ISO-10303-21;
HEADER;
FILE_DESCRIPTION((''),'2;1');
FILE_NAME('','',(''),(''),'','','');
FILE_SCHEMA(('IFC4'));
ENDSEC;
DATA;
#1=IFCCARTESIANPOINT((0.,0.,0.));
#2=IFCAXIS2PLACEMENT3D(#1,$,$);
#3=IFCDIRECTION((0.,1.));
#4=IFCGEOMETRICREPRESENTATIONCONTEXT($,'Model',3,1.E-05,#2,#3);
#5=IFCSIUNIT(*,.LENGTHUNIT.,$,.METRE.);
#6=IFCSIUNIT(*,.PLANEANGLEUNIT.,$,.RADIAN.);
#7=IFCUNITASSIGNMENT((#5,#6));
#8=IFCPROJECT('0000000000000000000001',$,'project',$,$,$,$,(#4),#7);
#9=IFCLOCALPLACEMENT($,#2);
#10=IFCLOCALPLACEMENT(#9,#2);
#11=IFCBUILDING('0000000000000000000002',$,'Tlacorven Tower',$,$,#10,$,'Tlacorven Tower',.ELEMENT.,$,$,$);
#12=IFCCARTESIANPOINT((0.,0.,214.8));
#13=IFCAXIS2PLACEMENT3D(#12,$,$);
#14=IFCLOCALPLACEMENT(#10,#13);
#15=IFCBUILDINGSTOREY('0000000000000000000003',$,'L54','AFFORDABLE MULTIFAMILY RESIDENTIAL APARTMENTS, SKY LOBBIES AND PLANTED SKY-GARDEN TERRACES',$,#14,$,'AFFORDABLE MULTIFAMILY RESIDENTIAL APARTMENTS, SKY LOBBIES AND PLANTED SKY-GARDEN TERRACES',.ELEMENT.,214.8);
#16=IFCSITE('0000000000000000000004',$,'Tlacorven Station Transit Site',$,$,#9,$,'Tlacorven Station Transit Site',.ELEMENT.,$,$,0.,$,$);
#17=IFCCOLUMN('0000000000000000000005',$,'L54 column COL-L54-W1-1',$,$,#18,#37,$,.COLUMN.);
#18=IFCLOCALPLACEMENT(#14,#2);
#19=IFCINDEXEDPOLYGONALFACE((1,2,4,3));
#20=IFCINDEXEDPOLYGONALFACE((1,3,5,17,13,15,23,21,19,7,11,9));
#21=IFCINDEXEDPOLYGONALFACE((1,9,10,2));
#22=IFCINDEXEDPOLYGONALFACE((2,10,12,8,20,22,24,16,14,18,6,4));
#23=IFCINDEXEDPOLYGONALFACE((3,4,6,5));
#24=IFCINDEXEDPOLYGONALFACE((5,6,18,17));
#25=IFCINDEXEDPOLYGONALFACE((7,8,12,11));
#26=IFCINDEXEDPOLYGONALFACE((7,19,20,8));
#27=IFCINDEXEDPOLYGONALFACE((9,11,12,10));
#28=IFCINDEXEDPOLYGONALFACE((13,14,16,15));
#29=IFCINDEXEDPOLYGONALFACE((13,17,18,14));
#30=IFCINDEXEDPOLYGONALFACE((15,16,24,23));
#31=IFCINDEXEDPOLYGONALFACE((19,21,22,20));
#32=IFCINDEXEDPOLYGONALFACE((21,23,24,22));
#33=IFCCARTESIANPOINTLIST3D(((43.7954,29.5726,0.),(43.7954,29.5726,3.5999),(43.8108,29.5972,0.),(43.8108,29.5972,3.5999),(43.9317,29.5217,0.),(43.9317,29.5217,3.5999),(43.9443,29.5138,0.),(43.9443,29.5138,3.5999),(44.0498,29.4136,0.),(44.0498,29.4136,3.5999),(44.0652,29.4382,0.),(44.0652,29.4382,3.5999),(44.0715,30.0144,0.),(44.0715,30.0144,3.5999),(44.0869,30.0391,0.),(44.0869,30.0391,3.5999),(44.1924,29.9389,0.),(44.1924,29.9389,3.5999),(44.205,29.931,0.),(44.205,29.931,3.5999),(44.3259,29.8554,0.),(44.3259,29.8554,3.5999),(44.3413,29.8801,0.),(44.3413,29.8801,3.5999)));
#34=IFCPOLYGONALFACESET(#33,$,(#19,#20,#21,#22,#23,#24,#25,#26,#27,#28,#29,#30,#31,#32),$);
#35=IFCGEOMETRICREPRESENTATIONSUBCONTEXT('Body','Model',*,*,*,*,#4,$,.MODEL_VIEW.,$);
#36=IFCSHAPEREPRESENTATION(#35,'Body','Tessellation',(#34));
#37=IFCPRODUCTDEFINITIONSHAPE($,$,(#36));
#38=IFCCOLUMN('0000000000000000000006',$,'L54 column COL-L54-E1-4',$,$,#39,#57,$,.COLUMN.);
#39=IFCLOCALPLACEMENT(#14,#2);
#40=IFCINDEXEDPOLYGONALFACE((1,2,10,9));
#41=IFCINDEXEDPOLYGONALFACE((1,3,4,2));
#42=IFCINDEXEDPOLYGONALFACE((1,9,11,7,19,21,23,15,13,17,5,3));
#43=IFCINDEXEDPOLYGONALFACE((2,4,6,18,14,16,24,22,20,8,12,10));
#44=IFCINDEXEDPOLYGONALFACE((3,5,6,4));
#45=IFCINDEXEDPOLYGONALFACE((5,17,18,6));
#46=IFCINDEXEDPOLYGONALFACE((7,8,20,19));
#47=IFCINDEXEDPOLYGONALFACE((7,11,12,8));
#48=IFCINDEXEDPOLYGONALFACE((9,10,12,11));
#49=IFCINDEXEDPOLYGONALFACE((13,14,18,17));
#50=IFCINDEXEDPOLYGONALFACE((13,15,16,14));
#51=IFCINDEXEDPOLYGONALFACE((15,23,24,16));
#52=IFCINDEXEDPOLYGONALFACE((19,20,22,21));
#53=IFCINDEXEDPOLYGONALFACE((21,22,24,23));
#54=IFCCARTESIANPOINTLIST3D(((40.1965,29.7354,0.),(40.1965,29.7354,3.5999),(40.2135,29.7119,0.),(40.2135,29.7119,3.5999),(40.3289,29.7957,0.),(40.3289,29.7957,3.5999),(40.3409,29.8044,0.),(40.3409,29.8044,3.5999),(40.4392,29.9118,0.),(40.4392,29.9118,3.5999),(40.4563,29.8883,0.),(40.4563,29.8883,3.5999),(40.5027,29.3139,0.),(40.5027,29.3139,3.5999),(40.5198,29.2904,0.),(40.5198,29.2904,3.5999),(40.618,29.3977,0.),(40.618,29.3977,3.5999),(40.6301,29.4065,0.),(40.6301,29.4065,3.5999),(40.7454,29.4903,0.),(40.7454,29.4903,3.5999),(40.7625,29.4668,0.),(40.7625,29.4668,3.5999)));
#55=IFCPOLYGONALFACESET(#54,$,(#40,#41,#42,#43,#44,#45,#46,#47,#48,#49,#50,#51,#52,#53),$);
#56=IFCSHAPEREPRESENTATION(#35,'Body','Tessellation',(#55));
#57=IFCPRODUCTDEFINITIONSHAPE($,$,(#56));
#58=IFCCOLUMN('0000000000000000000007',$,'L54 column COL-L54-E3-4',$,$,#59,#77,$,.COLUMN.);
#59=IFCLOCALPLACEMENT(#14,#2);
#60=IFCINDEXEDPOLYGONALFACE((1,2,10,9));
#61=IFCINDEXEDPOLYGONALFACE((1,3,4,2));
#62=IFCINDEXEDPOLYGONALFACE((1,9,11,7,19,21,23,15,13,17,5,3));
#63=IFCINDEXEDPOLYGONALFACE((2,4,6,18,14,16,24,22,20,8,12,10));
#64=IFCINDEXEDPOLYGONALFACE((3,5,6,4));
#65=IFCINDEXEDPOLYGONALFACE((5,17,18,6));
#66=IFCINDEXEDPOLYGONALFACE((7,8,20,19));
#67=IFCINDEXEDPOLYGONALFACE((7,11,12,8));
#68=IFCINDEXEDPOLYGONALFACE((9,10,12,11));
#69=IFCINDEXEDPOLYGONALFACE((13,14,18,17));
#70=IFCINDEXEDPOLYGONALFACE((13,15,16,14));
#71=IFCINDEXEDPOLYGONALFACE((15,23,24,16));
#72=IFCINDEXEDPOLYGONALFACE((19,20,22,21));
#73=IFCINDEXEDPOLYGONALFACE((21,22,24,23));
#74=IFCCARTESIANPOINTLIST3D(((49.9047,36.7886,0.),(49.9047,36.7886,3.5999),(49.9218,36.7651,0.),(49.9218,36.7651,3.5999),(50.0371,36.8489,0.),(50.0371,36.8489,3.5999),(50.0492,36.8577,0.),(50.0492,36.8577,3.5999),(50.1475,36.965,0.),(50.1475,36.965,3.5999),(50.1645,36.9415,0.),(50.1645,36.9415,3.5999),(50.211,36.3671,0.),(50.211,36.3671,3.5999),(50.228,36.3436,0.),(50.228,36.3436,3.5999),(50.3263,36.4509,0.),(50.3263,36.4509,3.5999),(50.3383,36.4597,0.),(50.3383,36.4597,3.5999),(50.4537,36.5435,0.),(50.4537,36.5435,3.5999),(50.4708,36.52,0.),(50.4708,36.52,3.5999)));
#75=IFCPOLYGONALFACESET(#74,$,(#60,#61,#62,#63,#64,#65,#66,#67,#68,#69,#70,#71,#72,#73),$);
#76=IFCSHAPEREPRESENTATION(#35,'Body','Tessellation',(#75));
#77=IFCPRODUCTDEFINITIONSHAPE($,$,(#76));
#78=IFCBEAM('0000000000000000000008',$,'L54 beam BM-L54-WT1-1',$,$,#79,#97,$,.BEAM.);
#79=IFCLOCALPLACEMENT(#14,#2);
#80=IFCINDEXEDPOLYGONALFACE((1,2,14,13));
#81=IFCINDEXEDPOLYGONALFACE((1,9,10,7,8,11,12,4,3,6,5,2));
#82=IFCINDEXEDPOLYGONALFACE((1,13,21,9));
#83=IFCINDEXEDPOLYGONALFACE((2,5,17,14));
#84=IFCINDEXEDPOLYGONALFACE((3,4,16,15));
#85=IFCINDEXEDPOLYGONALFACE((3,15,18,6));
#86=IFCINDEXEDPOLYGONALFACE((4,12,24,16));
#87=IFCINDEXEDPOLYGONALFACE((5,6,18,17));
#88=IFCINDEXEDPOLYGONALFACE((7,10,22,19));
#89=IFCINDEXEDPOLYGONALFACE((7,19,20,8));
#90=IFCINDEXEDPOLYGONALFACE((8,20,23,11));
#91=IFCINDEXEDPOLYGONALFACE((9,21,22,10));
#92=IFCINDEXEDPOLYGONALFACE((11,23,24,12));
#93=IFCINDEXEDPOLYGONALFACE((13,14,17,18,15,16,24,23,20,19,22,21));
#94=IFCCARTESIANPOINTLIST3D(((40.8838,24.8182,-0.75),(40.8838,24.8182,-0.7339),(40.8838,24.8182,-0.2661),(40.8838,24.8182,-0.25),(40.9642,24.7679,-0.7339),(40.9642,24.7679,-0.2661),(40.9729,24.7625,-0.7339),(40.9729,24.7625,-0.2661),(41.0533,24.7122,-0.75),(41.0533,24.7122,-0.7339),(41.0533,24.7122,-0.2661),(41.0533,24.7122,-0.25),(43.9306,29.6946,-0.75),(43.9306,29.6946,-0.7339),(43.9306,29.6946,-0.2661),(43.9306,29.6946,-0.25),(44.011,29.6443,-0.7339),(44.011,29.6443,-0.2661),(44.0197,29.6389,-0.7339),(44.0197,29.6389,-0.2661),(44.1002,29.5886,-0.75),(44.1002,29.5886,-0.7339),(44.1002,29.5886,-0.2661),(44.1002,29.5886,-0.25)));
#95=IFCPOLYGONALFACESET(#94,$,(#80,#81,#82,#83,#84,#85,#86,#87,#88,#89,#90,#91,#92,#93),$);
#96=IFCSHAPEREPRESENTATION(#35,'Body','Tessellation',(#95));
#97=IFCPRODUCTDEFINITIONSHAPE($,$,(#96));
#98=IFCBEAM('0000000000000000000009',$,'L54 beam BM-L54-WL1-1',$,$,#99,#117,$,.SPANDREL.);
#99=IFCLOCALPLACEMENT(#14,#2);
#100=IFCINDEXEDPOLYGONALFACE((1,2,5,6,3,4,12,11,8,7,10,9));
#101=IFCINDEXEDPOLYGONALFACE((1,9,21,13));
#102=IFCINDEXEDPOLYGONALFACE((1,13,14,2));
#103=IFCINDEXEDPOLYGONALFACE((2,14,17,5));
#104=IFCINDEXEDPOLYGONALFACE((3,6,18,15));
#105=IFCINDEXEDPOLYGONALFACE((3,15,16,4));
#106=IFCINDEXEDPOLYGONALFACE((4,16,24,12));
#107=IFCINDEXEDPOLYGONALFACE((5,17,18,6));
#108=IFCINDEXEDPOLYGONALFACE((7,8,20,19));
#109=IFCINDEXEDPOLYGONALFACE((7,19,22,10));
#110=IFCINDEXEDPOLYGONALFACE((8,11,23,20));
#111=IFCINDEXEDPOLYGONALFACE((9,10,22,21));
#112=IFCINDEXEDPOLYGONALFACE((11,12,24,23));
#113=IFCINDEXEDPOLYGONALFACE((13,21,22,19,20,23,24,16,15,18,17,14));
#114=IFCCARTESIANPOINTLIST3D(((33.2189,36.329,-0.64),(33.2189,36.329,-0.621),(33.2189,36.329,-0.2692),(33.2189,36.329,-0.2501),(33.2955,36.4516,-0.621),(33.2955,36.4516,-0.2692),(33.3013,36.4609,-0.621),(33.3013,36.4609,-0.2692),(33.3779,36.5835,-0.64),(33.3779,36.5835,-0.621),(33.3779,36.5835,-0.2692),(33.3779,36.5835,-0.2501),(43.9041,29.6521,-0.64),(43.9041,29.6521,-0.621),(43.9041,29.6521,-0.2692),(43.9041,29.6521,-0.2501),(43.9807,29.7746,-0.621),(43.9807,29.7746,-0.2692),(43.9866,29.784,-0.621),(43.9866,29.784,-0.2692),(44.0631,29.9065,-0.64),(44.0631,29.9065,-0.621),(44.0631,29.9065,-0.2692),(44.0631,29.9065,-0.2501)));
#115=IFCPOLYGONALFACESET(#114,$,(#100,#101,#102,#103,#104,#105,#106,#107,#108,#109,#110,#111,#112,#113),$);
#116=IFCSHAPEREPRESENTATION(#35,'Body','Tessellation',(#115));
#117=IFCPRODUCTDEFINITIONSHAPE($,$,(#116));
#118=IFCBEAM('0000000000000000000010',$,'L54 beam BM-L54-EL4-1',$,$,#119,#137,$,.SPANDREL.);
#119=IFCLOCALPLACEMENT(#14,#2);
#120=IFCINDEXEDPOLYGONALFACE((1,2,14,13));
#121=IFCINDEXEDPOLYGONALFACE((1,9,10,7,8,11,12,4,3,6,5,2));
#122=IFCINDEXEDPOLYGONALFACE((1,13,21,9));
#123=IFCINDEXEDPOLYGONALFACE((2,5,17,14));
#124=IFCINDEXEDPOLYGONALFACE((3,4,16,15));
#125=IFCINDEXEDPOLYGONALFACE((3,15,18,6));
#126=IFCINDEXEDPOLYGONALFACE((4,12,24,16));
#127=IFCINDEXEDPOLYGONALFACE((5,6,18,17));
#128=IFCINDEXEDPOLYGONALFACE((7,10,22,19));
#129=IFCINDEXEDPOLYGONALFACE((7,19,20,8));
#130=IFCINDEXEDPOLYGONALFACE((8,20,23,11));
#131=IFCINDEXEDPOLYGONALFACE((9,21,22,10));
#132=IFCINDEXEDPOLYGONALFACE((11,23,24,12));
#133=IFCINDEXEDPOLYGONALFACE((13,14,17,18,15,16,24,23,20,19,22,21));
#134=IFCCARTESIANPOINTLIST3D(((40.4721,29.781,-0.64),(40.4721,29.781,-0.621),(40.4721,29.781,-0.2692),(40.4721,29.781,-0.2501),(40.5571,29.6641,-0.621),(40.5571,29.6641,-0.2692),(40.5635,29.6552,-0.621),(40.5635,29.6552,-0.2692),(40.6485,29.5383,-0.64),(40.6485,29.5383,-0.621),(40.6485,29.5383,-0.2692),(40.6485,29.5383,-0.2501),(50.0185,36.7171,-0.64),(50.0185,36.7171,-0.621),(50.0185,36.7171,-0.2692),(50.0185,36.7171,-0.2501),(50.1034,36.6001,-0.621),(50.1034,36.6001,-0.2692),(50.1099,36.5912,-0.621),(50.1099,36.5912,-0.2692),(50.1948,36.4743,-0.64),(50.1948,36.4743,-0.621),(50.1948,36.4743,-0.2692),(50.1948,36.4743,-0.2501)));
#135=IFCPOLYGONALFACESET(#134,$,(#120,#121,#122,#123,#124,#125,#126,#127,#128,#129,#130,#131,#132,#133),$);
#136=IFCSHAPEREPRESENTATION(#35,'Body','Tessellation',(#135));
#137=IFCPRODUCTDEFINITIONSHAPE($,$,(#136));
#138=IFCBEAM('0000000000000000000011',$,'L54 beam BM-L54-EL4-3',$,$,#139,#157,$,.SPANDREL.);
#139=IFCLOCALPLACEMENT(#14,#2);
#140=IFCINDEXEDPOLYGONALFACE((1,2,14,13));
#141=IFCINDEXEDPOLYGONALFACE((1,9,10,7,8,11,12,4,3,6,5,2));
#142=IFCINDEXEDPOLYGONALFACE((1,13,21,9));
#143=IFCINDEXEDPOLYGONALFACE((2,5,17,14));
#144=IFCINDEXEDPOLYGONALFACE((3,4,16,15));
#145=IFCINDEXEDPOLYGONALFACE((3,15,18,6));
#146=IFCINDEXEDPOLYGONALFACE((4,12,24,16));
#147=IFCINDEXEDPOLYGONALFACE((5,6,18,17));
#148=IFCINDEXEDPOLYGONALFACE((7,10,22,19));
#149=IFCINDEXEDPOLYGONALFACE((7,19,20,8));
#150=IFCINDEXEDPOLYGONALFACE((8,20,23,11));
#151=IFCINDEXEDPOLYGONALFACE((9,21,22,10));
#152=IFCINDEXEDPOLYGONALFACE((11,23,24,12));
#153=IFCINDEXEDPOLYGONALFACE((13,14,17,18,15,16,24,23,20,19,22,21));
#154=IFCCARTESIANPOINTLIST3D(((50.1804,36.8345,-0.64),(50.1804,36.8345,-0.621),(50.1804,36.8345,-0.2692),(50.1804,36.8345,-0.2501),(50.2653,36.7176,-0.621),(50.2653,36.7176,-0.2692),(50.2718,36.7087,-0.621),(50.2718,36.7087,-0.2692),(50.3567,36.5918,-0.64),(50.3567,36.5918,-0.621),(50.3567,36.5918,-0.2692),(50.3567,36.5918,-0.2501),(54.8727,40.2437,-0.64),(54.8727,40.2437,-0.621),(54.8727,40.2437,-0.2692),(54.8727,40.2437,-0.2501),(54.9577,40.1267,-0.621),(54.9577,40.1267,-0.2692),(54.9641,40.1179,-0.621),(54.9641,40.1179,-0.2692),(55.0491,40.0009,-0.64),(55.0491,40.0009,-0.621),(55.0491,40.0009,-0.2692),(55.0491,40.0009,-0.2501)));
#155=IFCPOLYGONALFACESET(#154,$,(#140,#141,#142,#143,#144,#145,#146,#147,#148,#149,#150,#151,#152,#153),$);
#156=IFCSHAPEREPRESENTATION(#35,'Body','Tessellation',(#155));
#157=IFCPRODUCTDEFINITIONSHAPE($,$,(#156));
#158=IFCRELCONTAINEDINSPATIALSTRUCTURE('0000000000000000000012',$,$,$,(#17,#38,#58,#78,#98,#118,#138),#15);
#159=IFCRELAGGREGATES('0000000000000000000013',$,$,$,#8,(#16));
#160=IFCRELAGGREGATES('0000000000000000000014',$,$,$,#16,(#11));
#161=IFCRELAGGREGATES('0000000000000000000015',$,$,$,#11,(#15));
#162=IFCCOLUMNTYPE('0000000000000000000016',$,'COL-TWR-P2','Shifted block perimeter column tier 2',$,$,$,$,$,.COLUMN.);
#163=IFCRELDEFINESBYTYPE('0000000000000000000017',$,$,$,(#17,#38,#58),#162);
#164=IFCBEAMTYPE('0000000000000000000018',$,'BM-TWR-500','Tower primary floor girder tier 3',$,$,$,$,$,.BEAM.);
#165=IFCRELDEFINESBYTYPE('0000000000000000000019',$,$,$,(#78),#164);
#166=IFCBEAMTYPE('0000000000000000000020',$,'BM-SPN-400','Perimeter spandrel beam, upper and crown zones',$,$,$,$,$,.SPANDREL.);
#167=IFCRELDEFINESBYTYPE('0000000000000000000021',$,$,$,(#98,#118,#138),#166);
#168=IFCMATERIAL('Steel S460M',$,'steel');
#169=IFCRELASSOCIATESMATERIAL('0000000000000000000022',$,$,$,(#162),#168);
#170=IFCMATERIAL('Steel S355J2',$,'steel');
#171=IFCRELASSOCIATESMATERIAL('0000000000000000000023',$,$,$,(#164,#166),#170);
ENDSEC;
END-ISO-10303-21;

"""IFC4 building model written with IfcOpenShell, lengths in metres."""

from ifc_helpers import new_model, si_unit, direction, frame, origin, origin_2d, place, context, subcontext, project, spatial, i_section, extrude, source, transform, mapped, material, material_profile, profile_set, type_object, element, save


model = new_model("IFC4")

# Units and contexts
model_context = context("Model", 3, precision=1e-05, world=origin(), true_north=direction((0.0, 1.0)))
body_context = subcontext(model_context, "Body", "Model", "MODEL_VIEW")
ifc_project = project(units=[si_unit("LENGTHUNIT", "METRE"), si_unit("PLANEANGLEUNIT", "RADIAN")], contexts=[model_context])

# Site, building, storey
site_placement = place(None, origin())
site = spatial("IfcSite", under=ifc_project, at=site_placement, Name="Tlacorven Station Transit Site", LongName="Tlacorven Station Transit Site", CompositionType="ELEMENT", RefElevation=0.0)
building_placement = place(site_placement, origin())
building = spatial("IfcBuilding", under=site, at=building_placement, Name="Tlacorven Tower", LongName="Tlacorven Tower", CompositionType="ELEMENT")
storey_placement = place(building_placement, frame((0.0, 0.0, 214.8)))
storey = spatial("IfcBuildingStorey", under=building, at=storey_placement, Name="L54", Description="AFFORDABLE MULTIFAMILY RESIDENTIAL APARTMENTS, SKY LOBBIES AND PLANTED SKY-GARDEN TERRACES", LongName="AFFORDABLE MULTIFAMILY RESIDENTIAL APARTMENTS, SKY LOBBIES AND PLANTED SKY-GARDEN TERRACES", CompositionType="ELEMENT", Elevation=214.8)

# Columns
ifc_material_1 = material(Name="Steel S460M", Category="steel")
ifc_material_profile_1 = material_profile(ifc_material_1, i_section(OverallWidth=0.3, OverallDepth=0.55, WebThickness=0.0149, FlangeThickness=0.0291, at=origin_2d()), Name="HEB 550")
ifc_profile_set_1 = profile_set([ifc_material_profile_1], Name="Steel S460M")
column_type = type_object("IfcColumnType", Name="COL-TWR-P2", Description="Shifted block perimeter column tier 2", PredefinedType="COLUMN", material=ifc_profile_set_1)
shared_shape_1 = source(origin(), body_context, "Body", "SweptSolid", [
    extrude(i_section(OverallWidth=0.3, OverallDepth=0.55, WebThickness=0.0149, FlangeThickness=0.0291, at=origin_2d()), origin(), (0.0, 0.0, 1.0), 3.5999),
])
for number, where, z_axis, x_axis, name in (
    (1, (44.0684, 29.7263, 0.0), (0.0, 0.0, 1.0), (-0.848048, 0.529919, 0.0), "L54 column COL-L54-W1-1"),
    (2, (40.4795, 29.6011, 0.0), (0.0, 0.0, 1.0), (0.809017, 0.587785, 0.0), "L54 column COL-L54-E1-4"),
    (3, (50.1877, 36.6543, 0.0), (0.0, 0.0, 1.0), (0.809017, 0.587785, 0.0), "L54 column COL-L54-E3-4"),
):
    element("IfcColumn", number, at=place(storey_placement, frame(where, z_axis=z_axis, x_axis=x_axis)), inside=storey, type_object=column_type, Name=name, PredefinedType="COLUMN", context=body_context, shape_type="MappedRepresentation", body=[
        mapped(shared_shape_1, transform((0.0, 0.0, 0.0), scale=1.0)),
    ])

# Beams
ifc_material_2 = material(Name="Steel S355J2", Category="steel")
ifc_material_profile_2 = material_profile(ifc_material_2, i_section(OverallWidth=0.2, OverallDepth=0.5, WebThickness=0.0103, FlangeThickness=0.0161, at=origin_2d()), Name="IPE 500")
ifc_profile_set_2 = profile_set([ifc_material_profile_2], Name="Steel S355J2")
beam_type_1 = type_object("IfcBeamType", Name="BM-TWR-500", Description="Tower primary floor girder tier 3", PredefinedType="BEAM", material=ifc_profile_set_2)
shared_shape_2 = source(origin(), body_context, "Body", "SweptSolid", [
    extrude(i_section(OverallWidth=0.2, OverallDepth=0.5, WebThickness=0.0103, FlangeThickness=0.0161, at=origin_2d()), origin(), (0.0, 0.0, 1.0), 5.75),
])
beam_1_placement = place(storey_placement, frame((44.0154, 29.6416, -0.5), z_axis=(-0.529884, -0.84807, 0.0), x_axis=(0.84807, -0.529884, 0.0)))
element("IfcBeam", 4, at=beam_1_placement, inside=storey, type_object=beam_type_1, Name="L54 beam BM-L54-WT1-1", PredefinedType="BEAM", context=body_context, shape_type="MappedRepresentation", body=[
    mapped(shared_shape_2, transform((0.0, 0.0, 0.0), scale=1.0)),
])
ifc_material_profile_3 = material_profile(ifc_material_2, i_section(OverallWidth=0.3, OverallDepth=0.3899, WebThickness=0.011, FlangeThickness=0.019, at=origin_2d()), Name="HEA 400")
ifc_profile_set_3 = profile_set([ifc_material_profile_3], Name="Steel S355J2")
beam_type_2 = type_object("IfcBeamType", Name="BM-SPN-400", Description="Perimeter spandrel beam, upper and crown zones", PredefinedType="SPANDREL", material=ifc_profile_set_3)
shared_shape_3 = source(origin(), body_context, "Body", "SweptSolid", [
    extrude(i_section(OverallWidth=0.3, OverallDepth=0.3899, WebThickness=0.011, FlangeThickness=0.019, at=origin_2d()), origin(), (0.0, 0.0, 1.0), 12.5999),
])
beam_2_placement = place(storey_placement, frame((43.9836, 29.7793, -0.4451), z_axis=(-0.848045, 0.529924, 0.0), x_axis=(-0.529924, -0.848045, 0.0)))
element("IfcBeam", 5, at=beam_2_placement, inside=storey, type_object=beam_type_2, Name="L54 beam BM-L54-WL1-1", PredefinedType="SPANDREL", context=body_context, shape_type="MappedRepresentation", body=[
    mapped(shared_shape_3, transform((0.0, 0.0, 0.0), scale=1.0)),
])
shared_shape_4 = source(origin(), body_context, "Body", "SweptSolid", [
    extrude(i_section(OverallWidth=0.3, OverallDepth=0.3899, WebThickness=0.011, FlangeThickness=0.019, at=origin_2d()), origin(), (0.0, 0.0, 1.0), 11.8),
])
beam_3_placement = place(storey_placement, frame((40.5603, 29.6597, -0.4451), z_axis=(0.80901, 0.587795, 0.0), x_axis=(-0.587795, 0.80901, 0.0)))
element("IfcBeam", 6, at=beam_3_placement, inside=storey, type_object=beam_type_2, Name="L54 beam BM-L54-EL4-1", PredefinedType="SPANDREL", context=body_context, shape_type="MappedRepresentation", body=[
    mapped(shared_shape_4, transform((0.0, 0.0, 0.0), scale=1.0)),
])
shared_shape_5 = source(origin(), body_context, "Body", "SweptSolid", [
    extrude(i_section(OverallWidth=0.3, OverallDepth=0.3899, WebThickness=0.011, FlangeThickness=0.019, at=origin_2d()), origin(), (0.0, 0.0, 1.0), 5.8),
])
beam_4_placement = place(storey_placement, frame((50.2686, 36.7131, -0.4451), z_axis=(0.80902, 0.587781, 0.0), x_axis=(-0.587781, 0.80902, 0.0)))
element("IfcBeam", 7, at=beam_4_placement, inside=storey, type_object=beam_type_2, Name="L54 beam BM-L54-EL4-3", PredefinedType="SPANDREL", context=body_context, shape_type="MappedRepresentation", body=[
    mapped(shared_shape_5, transform((0.0, 0.0, 0.0), scale=1.0)),
])

save(model, "model.ifc")
